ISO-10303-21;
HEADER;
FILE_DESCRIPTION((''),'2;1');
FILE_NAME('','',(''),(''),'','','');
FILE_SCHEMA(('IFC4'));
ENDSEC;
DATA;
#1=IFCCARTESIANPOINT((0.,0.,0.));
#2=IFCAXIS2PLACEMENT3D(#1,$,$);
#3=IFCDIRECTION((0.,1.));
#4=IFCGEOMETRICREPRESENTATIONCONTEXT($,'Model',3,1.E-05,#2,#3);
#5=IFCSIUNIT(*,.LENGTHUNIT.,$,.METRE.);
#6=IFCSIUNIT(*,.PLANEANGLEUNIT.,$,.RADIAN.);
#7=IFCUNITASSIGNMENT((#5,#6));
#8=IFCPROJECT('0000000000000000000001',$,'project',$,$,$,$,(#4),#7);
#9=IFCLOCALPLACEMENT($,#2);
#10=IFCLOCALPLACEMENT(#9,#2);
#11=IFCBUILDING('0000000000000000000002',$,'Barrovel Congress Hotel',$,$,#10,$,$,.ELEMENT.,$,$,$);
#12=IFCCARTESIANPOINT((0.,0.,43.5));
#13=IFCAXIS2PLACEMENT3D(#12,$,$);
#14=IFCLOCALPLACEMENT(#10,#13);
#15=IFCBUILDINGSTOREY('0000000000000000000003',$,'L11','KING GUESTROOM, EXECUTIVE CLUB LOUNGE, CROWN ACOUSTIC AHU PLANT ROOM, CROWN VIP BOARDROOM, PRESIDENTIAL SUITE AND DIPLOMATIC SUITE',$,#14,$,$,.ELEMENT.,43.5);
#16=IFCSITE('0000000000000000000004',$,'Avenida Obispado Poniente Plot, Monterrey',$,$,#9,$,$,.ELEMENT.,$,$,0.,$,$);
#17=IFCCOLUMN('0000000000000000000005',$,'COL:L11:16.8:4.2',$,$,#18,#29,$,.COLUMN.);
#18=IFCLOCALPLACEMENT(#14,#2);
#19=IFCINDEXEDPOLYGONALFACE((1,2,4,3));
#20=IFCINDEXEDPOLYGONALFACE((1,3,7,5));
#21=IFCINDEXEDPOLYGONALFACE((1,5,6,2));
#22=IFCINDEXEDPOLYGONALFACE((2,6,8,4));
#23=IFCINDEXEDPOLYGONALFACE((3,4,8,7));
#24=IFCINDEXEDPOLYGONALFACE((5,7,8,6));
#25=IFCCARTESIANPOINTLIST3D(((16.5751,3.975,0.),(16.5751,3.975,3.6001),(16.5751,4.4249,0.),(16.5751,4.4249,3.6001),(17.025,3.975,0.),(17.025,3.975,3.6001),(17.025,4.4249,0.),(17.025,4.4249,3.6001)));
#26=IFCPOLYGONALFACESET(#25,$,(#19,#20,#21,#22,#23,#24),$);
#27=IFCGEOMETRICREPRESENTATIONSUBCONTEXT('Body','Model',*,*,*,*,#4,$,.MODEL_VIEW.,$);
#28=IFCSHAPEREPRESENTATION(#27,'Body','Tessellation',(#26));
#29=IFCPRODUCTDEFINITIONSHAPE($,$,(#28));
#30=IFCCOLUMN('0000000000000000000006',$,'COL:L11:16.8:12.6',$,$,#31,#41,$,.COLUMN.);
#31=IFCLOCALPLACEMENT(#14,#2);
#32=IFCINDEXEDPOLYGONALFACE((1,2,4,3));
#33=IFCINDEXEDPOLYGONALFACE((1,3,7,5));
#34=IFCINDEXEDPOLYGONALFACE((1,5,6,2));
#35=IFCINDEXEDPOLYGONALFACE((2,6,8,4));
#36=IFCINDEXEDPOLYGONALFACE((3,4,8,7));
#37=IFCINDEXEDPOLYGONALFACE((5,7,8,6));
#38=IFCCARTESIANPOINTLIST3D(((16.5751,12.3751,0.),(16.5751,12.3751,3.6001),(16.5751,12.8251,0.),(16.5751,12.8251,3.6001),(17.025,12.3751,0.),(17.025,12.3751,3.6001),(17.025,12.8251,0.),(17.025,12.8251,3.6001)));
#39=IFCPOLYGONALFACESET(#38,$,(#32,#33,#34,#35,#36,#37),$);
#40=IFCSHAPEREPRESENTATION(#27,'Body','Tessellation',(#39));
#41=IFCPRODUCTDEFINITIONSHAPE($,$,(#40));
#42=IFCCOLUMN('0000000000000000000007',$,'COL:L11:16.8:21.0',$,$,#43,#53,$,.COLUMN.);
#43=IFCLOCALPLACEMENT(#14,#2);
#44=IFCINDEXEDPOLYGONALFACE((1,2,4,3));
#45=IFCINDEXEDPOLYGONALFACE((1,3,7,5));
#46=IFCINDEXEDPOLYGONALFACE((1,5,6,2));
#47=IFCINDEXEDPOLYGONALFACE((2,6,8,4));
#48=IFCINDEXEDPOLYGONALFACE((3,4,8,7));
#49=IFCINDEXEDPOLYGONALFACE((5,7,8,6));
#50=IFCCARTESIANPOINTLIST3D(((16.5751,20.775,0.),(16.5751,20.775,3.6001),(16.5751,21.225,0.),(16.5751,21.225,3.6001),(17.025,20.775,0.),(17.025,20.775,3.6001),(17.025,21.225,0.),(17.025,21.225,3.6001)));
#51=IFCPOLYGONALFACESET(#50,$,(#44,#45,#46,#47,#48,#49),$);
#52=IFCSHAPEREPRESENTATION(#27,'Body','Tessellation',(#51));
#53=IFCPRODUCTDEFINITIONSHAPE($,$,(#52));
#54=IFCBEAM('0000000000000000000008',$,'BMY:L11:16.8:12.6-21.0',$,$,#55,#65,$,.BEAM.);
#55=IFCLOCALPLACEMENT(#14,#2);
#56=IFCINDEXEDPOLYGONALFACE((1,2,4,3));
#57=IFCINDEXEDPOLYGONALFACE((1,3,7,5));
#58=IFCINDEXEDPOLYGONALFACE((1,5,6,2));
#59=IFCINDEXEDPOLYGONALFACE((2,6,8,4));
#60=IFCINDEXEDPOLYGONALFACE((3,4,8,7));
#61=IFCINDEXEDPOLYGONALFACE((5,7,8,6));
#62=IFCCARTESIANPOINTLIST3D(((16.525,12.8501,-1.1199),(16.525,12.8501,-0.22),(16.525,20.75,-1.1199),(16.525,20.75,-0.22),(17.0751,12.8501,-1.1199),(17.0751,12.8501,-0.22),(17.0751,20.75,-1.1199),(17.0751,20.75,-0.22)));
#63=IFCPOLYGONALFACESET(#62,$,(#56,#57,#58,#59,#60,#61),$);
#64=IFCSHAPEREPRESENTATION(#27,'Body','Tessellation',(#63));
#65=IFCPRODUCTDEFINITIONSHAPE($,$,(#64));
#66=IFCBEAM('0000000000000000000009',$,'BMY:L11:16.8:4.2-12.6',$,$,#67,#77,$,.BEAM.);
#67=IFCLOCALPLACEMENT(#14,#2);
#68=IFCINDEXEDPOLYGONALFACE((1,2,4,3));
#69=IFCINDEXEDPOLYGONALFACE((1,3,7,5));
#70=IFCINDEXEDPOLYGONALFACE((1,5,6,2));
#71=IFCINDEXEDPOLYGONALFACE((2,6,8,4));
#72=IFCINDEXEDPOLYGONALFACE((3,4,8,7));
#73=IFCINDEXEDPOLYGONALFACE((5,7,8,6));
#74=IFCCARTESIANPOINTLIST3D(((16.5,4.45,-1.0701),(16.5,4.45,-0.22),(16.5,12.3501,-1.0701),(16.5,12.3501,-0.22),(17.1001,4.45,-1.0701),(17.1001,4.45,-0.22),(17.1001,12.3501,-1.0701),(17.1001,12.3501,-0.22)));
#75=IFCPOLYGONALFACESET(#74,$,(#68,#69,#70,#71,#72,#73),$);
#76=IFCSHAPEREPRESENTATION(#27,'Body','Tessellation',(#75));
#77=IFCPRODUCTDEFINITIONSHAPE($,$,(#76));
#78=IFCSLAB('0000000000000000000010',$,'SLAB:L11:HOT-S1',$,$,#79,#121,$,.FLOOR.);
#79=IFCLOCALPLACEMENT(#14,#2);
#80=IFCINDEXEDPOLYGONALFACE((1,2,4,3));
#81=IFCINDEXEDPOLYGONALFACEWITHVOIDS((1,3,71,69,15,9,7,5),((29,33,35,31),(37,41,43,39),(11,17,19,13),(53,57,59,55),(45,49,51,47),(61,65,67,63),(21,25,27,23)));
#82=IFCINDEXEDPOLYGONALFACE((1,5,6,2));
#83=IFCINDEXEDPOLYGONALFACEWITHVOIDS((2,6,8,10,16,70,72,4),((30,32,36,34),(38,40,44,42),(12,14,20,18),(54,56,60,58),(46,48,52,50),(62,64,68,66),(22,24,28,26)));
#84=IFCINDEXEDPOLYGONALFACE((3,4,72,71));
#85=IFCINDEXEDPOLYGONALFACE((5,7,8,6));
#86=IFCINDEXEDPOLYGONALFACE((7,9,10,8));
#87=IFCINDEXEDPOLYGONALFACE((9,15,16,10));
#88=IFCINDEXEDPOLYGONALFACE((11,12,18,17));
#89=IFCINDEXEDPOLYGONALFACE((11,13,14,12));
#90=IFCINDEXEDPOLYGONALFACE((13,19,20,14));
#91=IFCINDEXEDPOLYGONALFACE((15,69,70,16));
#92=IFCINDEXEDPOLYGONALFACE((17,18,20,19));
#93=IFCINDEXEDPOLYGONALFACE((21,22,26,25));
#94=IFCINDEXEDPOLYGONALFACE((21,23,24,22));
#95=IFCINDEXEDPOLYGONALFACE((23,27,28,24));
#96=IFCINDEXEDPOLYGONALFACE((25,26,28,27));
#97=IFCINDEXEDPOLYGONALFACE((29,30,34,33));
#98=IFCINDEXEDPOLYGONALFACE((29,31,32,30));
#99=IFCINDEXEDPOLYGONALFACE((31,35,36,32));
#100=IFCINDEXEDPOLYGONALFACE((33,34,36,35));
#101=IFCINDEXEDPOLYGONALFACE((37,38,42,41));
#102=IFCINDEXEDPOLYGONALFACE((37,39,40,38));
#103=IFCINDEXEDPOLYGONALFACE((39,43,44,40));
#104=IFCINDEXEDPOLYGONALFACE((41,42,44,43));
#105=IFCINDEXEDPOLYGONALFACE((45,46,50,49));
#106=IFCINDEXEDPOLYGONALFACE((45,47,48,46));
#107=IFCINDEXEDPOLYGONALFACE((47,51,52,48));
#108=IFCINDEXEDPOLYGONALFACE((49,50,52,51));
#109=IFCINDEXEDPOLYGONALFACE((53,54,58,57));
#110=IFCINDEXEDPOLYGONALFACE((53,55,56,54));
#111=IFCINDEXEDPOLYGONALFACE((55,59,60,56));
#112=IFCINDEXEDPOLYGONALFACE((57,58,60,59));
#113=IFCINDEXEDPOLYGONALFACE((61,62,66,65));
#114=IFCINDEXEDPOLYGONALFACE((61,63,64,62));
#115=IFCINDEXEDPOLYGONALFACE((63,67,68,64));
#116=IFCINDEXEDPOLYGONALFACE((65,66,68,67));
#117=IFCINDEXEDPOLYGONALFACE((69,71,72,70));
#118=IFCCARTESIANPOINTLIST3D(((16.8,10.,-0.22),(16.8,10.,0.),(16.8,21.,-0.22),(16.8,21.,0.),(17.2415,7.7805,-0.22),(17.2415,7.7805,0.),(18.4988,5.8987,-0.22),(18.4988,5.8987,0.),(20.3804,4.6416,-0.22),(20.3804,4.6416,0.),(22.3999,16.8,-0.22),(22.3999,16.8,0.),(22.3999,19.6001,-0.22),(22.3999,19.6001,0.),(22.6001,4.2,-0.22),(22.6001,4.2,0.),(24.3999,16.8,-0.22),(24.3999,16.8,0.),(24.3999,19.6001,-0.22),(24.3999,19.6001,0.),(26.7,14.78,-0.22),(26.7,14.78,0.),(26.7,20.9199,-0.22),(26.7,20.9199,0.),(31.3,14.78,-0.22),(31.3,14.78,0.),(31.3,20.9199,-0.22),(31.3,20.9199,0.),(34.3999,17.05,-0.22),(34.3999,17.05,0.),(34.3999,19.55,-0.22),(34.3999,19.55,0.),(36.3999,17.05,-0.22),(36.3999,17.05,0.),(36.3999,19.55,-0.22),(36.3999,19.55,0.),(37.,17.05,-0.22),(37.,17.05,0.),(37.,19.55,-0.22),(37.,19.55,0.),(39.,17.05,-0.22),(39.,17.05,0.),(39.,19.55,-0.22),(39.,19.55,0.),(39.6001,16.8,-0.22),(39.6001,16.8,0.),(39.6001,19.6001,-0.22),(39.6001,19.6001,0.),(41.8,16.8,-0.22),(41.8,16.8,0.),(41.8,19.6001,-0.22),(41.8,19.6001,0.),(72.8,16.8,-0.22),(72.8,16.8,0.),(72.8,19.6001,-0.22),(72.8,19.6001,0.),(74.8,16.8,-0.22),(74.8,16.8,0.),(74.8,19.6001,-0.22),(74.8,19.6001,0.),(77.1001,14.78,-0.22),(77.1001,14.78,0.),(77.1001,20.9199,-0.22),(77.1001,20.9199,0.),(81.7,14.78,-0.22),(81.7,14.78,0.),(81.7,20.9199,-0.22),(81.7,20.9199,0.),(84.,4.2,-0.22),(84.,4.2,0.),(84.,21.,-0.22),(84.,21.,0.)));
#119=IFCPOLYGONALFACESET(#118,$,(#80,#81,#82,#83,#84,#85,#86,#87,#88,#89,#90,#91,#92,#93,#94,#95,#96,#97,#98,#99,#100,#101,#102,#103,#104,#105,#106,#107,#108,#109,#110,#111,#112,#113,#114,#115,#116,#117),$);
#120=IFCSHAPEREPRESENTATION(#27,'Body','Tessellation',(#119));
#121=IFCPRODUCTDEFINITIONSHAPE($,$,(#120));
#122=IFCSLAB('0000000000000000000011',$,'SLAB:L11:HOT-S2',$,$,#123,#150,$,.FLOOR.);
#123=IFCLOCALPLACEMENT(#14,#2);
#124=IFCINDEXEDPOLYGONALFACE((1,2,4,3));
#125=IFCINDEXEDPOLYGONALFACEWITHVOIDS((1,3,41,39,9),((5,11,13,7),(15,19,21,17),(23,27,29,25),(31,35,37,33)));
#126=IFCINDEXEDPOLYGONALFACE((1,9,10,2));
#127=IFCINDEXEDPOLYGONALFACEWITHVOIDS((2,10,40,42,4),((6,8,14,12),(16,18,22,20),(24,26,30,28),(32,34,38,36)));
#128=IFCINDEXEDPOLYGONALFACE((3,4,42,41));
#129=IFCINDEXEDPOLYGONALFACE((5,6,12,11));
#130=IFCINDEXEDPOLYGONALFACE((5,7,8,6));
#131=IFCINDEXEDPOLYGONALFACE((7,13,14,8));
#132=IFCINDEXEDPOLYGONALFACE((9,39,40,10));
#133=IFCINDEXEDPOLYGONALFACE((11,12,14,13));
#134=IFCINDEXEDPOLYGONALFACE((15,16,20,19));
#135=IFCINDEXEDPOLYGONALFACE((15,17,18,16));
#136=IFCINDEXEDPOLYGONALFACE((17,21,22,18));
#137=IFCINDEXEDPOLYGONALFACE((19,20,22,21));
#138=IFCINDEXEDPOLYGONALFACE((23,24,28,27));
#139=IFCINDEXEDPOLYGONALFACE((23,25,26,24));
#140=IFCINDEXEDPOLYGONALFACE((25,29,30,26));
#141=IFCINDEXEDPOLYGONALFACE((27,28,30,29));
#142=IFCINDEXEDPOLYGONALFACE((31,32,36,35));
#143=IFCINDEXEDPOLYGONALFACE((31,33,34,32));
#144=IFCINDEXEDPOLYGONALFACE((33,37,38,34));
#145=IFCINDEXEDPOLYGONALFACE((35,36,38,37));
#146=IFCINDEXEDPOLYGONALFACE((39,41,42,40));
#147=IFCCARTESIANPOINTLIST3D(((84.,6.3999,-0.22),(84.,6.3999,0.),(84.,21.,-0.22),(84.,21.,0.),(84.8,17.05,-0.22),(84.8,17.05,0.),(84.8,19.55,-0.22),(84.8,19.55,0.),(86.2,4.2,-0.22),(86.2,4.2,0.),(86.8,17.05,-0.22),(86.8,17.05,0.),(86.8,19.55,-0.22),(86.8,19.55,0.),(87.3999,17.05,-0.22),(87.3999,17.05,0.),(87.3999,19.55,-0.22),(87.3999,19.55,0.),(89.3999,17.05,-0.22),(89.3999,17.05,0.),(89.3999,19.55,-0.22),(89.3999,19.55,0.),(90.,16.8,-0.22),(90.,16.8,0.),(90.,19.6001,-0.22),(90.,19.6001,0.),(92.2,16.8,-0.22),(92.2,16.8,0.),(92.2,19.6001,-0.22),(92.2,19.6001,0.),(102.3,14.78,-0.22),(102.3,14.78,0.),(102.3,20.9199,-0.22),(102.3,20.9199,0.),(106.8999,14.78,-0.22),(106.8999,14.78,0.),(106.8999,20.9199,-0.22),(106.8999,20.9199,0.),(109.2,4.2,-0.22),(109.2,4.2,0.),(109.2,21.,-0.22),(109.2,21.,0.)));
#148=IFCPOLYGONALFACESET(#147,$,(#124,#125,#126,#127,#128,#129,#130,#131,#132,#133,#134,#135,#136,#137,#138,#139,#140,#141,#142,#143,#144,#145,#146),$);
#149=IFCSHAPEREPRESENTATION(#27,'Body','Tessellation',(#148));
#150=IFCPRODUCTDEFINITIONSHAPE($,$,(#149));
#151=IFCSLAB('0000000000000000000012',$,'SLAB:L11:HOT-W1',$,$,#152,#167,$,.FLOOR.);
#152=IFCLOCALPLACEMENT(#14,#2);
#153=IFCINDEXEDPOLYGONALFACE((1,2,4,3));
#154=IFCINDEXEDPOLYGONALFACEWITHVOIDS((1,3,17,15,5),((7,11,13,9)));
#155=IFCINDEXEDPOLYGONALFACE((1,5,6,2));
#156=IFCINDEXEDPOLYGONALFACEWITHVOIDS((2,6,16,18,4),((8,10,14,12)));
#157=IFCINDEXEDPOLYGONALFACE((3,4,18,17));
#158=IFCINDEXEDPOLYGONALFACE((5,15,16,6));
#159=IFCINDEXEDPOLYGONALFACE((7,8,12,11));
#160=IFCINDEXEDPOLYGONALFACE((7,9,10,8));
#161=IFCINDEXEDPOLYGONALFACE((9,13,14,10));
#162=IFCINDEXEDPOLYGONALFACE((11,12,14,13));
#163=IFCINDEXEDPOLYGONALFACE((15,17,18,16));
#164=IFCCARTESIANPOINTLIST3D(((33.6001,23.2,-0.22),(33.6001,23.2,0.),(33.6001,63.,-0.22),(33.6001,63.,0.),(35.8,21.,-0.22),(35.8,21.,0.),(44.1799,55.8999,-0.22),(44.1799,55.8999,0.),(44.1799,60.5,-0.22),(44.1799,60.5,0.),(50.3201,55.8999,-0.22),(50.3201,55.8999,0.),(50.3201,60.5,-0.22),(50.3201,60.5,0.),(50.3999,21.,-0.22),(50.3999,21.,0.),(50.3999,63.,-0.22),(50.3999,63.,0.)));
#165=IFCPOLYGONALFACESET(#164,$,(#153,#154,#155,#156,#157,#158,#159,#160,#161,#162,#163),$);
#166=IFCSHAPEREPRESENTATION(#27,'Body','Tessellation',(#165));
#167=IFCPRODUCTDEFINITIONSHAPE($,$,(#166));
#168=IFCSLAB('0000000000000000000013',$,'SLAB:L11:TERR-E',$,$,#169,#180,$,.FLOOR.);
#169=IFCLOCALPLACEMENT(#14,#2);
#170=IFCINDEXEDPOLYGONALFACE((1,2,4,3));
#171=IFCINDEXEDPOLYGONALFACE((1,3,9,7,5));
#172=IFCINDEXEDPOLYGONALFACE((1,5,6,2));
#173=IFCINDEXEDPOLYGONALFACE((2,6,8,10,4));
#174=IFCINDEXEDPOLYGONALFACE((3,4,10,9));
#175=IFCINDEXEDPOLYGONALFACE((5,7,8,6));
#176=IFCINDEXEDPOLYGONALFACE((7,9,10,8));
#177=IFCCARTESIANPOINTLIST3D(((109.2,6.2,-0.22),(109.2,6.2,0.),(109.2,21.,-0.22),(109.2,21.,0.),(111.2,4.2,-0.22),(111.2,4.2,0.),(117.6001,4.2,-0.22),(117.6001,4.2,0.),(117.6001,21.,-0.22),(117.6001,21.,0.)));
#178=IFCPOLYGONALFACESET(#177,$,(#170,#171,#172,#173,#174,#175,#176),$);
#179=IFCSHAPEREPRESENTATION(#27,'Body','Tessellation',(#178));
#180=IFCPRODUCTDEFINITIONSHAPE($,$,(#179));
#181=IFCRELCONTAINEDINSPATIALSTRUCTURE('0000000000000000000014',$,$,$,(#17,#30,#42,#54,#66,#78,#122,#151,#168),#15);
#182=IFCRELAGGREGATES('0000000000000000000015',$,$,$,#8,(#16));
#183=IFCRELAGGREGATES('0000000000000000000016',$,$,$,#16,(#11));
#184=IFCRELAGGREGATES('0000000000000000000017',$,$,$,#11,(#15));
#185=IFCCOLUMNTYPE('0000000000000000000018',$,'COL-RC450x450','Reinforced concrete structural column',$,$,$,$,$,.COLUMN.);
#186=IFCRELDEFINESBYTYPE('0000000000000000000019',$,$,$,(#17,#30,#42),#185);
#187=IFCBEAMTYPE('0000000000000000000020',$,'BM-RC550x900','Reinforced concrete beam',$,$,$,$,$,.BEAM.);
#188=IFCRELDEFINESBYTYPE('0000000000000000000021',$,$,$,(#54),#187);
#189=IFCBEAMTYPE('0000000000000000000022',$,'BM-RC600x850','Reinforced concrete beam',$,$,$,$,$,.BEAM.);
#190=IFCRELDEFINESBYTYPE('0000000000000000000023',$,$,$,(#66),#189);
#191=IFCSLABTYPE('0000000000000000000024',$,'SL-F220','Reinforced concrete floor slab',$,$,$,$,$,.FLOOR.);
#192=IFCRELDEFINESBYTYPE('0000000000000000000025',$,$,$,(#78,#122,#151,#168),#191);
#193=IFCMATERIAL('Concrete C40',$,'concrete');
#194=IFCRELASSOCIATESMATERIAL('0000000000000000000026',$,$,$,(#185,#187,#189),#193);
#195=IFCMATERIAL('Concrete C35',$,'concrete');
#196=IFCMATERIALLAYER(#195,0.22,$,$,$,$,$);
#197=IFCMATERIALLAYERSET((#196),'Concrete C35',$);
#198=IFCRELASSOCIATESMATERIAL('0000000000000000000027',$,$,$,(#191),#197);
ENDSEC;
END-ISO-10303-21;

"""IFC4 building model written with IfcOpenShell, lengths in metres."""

from ifc_helpers import new_model, si_unit, direction, frame, origin, origin_2d, place, context, subcontext, project, spatial, polyline, rectangle, outline, extrude, material, layer, layer_set, material_profile, profile_set, type_object, element, save


model = new_model("IFC4")

# Units and contexts
model_context = context("Model", 3, precision=1e-05, world=origin(), true_north=direction((0.0, 1.0)))
body_context = subcontext(model_context, "Body", "Model", "MODEL_VIEW")
ifc_project = project(units=[si_unit("LENGTHUNIT", "METRE"), si_unit("PLANEANGLEUNIT", "RADIAN")], contexts=[model_context])

# Site, building, storey
site_placement = place(None, origin())
site = spatial("IfcSite", under=ifc_project, at=site_placement, Name="Avenida Obispado Poniente Plot, Monterrey", CompositionType="ELEMENT", RefElevation=0.0)
building_placement = place(site_placement, origin())
building = spatial("IfcBuilding", under=site, at=building_placement, Name="Barrovel Congress Hotel", CompositionType="ELEMENT")
storey_placement = place(building_placement, frame((0.0, 0.0, 43.5)))
storey = spatial("IfcBuildingStorey", under=building, at=storey_placement, Name="L11", Description="KING GUESTROOM, EXECUTIVE CLUB LOUNGE, CROWN ACOUSTIC AHU PLANT ROOM, CROWN VIP BOARDROOM, PRESIDENTIAL SUITE AND DIPLOMATIC SUITE", CompositionType="ELEMENT", Elevation=43.5)

# Columns
ifc_material_1 = material(Name="Concrete C40", Category="concrete")
ifc_material_profile_1 = material_profile(ifc_material_1, rectangle(XDim=0.45, YDim=0.45, at=origin_2d()), Name="RC450x450")
ifc_profile_set_1 = profile_set([ifc_material_profile_1], Name="Concrete C40")
column_type = type_object("IfcColumnType", Name="COL-RC450x450", Description="Reinforced concrete structural column", PredefinedType="COLUMN", material=ifc_profile_set_1)
for number, where, z_axis, x_axis, name in (
    (1, (16.8, 4.2, 0.0), (0.0, 0.0, 1.0), (1.0, 0.0, 0.0), "COL:L11:16.8:4.2"),
    (2, (16.8, 12.6001, 0.0), (0.0, 0.0, 1.0), (1.0, 0.0, 0.0), "COL:L11:16.8:12.6"),
    (3, (16.8, 21.0, 0.0), (0.0, 0.0, 1.0), (1.0, 0.0, 0.0), "COL:L11:16.8:21.0"),
):
    element("IfcColumn", number, at=place(storey_placement, frame(where, z_axis=z_axis, x_axis=x_axis)), inside=storey, type_object=column_type, Name=name, PredefinedType="COLUMN", context=body_context, shape_type="SweptSolid", body=[
        extrude(rectangle(XDim=0.45, YDim=0.45, at=origin_2d()), origin(), (0.0, 0.0, 1.0), 3.6001),
    ])

# Beams
ifc_material_profile_2 = material_profile(ifc_material_1, rectangle(XDim=0.55, YDim=0.8999, at=origin_2d()), Name="RC550x900")
ifc_profile_set_2 = profile_set([ifc_material_profile_2], Name="Concrete C40")
beam_type_1 = type_object("IfcBeamType", Name="BM-RC550x900", Description="Reinforced concrete beam", PredefinedType="BEAM", material=ifc_profile_set_2)
beam_1_placement = place(storey_placement, frame((16.8, 12.8501, -0.6699), z_axis=(0.0, 1.0, 0.0), x_axis=(-1.0, 0.0, 0.0)))
element("IfcBeam", 4, at=beam_1_placement, inside=storey, type_object=beam_type_1, Name="BMY:L11:16.8:12.6-21.0", PredefinedType="BEAM", context=body_context, shape_type="SweptSolid", body=[
    extrude(rectangle(XDim=0.55, YDim=0.8999, at=origin_2d()), origin(), (0.0, 0.0, 1.0), 7.8999),
])
ifc_material_profile_3 = material_profile(ifc_material_1, rectangle(XDim=0.6001, YDim=0.8501, at=origin_2d()), Name="RC600x850")
ifc_profile_set_3 = profile_set([ifc_material_profile_3], Name="Concrete C40")
beam_type_2 = type_object("IfcBeamType", Name="BM-RC600x850", Description="Reinforced concrete beam", PredefinedType="BEAM", material=ifc_profile_set_3)
beam_2_placement = place(storey_placement, frame((16.8, 4.45, -0.645), z_axis=(0.0, 1.0, 0.0), x_axis=(-1.0, 0.0, 0.0)))
element("IfcBeam", 5, at=beam_2_placement, inside=storey, type_object=beam_type_2, Name="BMY:L11:16.8:4.2-12.6", PredefinedType="BEAM", context=body_context, shape_type="SweptSolid", body=[
    extrude(rectangle(XDim=0.6001, YDim=0.8501, at=origin_2d()), origin(), (0.0, 0.0, 1.0), 7.9001),
])

# Slabs
ifc_material_2 = material(Name="Concrete C35", Category="concrete")
ifc_layer_1 = layer(ifc_material_2, 0.22)
ifc_layer_set_1 = layer_set([ifc_layer_1], Name="Concrete C35")
slab_type_1 = type_object("IfcSlabType", Name="SL-F220", Description="Reinforced concrete floor slab", PredefinedType="FLOOR", material=ifc_layer_set_1)
slab_1_placement = place(storey_placement, frame((0.0, 0.0, -0.22)))
element("IfcSlab", 6, at=slab_1_placement, inside=storey, type_object=slab_type_1, Name="SLAB:L11:HOT-S1", PredefinedType="FLOOR", context=body_context, shape_type="SweptSolid", body=[
    extrude(outline(polyline([(16.8, 10.0), (17.2415, 7.7805), (18.4988, 5.8987), (20.3804, 4.6416), (22.6001, 4.2), (84.0, 4.2), (84.0, 21.0), (16.8, 21.0), (16.8, 10.0)]), holes=[polyline([(26.7, 14.78), (26.7, 20.9199), (31.3, 20.9199), (31.3, 14.78), (26.7, 14.78)]), polyline([(77.1001, 14.78), (77.1001, 20.9199), (81.7, 20.9199), (81.7, 14.78), (77.1001, 14.78)]), polyline([(22.3999, 16.8), (22.3999, 19.6001), (24.3999, 19.6001), (24.3999, 16.8), (22.3999, 16.8)]), polyline([(72.8, 16.8), (72.8, 19.6001), (74.8, 19.6001), (74.8, 16.8), (72.8, 16.8)]), polyline([(34.3999, 17.05), (34.3999, 19.55), (36.3999, 19.55), (36.3999, 17.05), (34.3999, 17.05)]), polyline([(37.0, 17.05), (37.0, 19.55), (39.0, 19.55), (39.0, 17.05), (37.0, 17.05)]), polyline([(39.6001, 16.8), (39.6001, 19.6001), (41.8, 19.6001), (41.8, 16.8), (39.6001, 16.8)])]), origin(), (0.0, 0.0, 1.0), 0.22),
])
slab_2_placement = place(storey_placement, frame((0.0, 0.0, -0.22)))
element("IfcSlab", 7, at=slab_2_placement, inside=storey, type_object=slab_type_1, Name="SLAB:L11:HOT-S2", PredefinedType="FLOOR", context=body_context, shape_type="SweptSolid", body=[
    extrude(outline(polyline([(86.2, 4.2), (109.2, 4.2), (109.2, 21.0), (84.0, 21.0), (84.0, 6.3999), (86.2, 4.2)]), holes=[polyline([(102.3, 14.78), (102.3, 20.9199), (106.8999, 20.9199), (106.8999, 14.78), (102.3, 14.78)]), polyline([(84.8, 17.05), (84.8, 19.55), (86.8, 19.55), (86.8, 17.05), (84.8, 17.05)]), polyline([(87.3999, 17.05), (87.3999, 19.55), (89.3999, 19.55), (89.3999, 17.05), (87.3999, 17.05)]), polyline([(90.0, 16.8), (90.0, 19.6001), (92.2, 19.6001), (92.2, 16.8), (90.0, 16.8)])]), origin(), (0.0, 0.0, 1.0), 0.22),
])
slab_3_placement = place(storey_placement, frame((0.0, 0.0, -0.22)))
element("IfcSlab", 8, at=slab_3_placement, inside=storey, type_object=slab_type_1, Name="SLAB:L11:HOT-W1", PredefinedType="FLOOR", context=body_context, shape_type="SweptSolid", body=[
    extrude(outline(polyline([(35.8, 21.0), (50.3999, 21.0), (50.3999, 63.0), (33.6001, 63.0), (33.6001, 23.2), (35.8, 21.0)]), holes=[polyline([(44.1799, 55.8999), (44.1799, 60.5), (50.3201, 60.5), (50.3201, 55.8999), (44.1799, 55.8999)])]), origin(), (0.0, 0.0, 1.0), 0.22),
])
slab_4_placement = place(storey_placement, frame((0.0, 0.0, -0.22)))
element("IfcSlab", 9, at=slab_4_placement, inside=storey, type_object=slab_type_1, Name="SLAB:L11:TERR-E", PredefinedType="FLOOR", context=body_context, shape_type="SweptSolid", body=[
    extrude(outline(polyline([(111.2, 4.2), (117.6001, 4.2), (117.6001, 21.0), (109.2, 21.0), (109.2, 6.2), (111.2, 4.2)])), origin(), (0.0, 0.0, 1.0), 0.22),
])

save(model, "model.ifc")
